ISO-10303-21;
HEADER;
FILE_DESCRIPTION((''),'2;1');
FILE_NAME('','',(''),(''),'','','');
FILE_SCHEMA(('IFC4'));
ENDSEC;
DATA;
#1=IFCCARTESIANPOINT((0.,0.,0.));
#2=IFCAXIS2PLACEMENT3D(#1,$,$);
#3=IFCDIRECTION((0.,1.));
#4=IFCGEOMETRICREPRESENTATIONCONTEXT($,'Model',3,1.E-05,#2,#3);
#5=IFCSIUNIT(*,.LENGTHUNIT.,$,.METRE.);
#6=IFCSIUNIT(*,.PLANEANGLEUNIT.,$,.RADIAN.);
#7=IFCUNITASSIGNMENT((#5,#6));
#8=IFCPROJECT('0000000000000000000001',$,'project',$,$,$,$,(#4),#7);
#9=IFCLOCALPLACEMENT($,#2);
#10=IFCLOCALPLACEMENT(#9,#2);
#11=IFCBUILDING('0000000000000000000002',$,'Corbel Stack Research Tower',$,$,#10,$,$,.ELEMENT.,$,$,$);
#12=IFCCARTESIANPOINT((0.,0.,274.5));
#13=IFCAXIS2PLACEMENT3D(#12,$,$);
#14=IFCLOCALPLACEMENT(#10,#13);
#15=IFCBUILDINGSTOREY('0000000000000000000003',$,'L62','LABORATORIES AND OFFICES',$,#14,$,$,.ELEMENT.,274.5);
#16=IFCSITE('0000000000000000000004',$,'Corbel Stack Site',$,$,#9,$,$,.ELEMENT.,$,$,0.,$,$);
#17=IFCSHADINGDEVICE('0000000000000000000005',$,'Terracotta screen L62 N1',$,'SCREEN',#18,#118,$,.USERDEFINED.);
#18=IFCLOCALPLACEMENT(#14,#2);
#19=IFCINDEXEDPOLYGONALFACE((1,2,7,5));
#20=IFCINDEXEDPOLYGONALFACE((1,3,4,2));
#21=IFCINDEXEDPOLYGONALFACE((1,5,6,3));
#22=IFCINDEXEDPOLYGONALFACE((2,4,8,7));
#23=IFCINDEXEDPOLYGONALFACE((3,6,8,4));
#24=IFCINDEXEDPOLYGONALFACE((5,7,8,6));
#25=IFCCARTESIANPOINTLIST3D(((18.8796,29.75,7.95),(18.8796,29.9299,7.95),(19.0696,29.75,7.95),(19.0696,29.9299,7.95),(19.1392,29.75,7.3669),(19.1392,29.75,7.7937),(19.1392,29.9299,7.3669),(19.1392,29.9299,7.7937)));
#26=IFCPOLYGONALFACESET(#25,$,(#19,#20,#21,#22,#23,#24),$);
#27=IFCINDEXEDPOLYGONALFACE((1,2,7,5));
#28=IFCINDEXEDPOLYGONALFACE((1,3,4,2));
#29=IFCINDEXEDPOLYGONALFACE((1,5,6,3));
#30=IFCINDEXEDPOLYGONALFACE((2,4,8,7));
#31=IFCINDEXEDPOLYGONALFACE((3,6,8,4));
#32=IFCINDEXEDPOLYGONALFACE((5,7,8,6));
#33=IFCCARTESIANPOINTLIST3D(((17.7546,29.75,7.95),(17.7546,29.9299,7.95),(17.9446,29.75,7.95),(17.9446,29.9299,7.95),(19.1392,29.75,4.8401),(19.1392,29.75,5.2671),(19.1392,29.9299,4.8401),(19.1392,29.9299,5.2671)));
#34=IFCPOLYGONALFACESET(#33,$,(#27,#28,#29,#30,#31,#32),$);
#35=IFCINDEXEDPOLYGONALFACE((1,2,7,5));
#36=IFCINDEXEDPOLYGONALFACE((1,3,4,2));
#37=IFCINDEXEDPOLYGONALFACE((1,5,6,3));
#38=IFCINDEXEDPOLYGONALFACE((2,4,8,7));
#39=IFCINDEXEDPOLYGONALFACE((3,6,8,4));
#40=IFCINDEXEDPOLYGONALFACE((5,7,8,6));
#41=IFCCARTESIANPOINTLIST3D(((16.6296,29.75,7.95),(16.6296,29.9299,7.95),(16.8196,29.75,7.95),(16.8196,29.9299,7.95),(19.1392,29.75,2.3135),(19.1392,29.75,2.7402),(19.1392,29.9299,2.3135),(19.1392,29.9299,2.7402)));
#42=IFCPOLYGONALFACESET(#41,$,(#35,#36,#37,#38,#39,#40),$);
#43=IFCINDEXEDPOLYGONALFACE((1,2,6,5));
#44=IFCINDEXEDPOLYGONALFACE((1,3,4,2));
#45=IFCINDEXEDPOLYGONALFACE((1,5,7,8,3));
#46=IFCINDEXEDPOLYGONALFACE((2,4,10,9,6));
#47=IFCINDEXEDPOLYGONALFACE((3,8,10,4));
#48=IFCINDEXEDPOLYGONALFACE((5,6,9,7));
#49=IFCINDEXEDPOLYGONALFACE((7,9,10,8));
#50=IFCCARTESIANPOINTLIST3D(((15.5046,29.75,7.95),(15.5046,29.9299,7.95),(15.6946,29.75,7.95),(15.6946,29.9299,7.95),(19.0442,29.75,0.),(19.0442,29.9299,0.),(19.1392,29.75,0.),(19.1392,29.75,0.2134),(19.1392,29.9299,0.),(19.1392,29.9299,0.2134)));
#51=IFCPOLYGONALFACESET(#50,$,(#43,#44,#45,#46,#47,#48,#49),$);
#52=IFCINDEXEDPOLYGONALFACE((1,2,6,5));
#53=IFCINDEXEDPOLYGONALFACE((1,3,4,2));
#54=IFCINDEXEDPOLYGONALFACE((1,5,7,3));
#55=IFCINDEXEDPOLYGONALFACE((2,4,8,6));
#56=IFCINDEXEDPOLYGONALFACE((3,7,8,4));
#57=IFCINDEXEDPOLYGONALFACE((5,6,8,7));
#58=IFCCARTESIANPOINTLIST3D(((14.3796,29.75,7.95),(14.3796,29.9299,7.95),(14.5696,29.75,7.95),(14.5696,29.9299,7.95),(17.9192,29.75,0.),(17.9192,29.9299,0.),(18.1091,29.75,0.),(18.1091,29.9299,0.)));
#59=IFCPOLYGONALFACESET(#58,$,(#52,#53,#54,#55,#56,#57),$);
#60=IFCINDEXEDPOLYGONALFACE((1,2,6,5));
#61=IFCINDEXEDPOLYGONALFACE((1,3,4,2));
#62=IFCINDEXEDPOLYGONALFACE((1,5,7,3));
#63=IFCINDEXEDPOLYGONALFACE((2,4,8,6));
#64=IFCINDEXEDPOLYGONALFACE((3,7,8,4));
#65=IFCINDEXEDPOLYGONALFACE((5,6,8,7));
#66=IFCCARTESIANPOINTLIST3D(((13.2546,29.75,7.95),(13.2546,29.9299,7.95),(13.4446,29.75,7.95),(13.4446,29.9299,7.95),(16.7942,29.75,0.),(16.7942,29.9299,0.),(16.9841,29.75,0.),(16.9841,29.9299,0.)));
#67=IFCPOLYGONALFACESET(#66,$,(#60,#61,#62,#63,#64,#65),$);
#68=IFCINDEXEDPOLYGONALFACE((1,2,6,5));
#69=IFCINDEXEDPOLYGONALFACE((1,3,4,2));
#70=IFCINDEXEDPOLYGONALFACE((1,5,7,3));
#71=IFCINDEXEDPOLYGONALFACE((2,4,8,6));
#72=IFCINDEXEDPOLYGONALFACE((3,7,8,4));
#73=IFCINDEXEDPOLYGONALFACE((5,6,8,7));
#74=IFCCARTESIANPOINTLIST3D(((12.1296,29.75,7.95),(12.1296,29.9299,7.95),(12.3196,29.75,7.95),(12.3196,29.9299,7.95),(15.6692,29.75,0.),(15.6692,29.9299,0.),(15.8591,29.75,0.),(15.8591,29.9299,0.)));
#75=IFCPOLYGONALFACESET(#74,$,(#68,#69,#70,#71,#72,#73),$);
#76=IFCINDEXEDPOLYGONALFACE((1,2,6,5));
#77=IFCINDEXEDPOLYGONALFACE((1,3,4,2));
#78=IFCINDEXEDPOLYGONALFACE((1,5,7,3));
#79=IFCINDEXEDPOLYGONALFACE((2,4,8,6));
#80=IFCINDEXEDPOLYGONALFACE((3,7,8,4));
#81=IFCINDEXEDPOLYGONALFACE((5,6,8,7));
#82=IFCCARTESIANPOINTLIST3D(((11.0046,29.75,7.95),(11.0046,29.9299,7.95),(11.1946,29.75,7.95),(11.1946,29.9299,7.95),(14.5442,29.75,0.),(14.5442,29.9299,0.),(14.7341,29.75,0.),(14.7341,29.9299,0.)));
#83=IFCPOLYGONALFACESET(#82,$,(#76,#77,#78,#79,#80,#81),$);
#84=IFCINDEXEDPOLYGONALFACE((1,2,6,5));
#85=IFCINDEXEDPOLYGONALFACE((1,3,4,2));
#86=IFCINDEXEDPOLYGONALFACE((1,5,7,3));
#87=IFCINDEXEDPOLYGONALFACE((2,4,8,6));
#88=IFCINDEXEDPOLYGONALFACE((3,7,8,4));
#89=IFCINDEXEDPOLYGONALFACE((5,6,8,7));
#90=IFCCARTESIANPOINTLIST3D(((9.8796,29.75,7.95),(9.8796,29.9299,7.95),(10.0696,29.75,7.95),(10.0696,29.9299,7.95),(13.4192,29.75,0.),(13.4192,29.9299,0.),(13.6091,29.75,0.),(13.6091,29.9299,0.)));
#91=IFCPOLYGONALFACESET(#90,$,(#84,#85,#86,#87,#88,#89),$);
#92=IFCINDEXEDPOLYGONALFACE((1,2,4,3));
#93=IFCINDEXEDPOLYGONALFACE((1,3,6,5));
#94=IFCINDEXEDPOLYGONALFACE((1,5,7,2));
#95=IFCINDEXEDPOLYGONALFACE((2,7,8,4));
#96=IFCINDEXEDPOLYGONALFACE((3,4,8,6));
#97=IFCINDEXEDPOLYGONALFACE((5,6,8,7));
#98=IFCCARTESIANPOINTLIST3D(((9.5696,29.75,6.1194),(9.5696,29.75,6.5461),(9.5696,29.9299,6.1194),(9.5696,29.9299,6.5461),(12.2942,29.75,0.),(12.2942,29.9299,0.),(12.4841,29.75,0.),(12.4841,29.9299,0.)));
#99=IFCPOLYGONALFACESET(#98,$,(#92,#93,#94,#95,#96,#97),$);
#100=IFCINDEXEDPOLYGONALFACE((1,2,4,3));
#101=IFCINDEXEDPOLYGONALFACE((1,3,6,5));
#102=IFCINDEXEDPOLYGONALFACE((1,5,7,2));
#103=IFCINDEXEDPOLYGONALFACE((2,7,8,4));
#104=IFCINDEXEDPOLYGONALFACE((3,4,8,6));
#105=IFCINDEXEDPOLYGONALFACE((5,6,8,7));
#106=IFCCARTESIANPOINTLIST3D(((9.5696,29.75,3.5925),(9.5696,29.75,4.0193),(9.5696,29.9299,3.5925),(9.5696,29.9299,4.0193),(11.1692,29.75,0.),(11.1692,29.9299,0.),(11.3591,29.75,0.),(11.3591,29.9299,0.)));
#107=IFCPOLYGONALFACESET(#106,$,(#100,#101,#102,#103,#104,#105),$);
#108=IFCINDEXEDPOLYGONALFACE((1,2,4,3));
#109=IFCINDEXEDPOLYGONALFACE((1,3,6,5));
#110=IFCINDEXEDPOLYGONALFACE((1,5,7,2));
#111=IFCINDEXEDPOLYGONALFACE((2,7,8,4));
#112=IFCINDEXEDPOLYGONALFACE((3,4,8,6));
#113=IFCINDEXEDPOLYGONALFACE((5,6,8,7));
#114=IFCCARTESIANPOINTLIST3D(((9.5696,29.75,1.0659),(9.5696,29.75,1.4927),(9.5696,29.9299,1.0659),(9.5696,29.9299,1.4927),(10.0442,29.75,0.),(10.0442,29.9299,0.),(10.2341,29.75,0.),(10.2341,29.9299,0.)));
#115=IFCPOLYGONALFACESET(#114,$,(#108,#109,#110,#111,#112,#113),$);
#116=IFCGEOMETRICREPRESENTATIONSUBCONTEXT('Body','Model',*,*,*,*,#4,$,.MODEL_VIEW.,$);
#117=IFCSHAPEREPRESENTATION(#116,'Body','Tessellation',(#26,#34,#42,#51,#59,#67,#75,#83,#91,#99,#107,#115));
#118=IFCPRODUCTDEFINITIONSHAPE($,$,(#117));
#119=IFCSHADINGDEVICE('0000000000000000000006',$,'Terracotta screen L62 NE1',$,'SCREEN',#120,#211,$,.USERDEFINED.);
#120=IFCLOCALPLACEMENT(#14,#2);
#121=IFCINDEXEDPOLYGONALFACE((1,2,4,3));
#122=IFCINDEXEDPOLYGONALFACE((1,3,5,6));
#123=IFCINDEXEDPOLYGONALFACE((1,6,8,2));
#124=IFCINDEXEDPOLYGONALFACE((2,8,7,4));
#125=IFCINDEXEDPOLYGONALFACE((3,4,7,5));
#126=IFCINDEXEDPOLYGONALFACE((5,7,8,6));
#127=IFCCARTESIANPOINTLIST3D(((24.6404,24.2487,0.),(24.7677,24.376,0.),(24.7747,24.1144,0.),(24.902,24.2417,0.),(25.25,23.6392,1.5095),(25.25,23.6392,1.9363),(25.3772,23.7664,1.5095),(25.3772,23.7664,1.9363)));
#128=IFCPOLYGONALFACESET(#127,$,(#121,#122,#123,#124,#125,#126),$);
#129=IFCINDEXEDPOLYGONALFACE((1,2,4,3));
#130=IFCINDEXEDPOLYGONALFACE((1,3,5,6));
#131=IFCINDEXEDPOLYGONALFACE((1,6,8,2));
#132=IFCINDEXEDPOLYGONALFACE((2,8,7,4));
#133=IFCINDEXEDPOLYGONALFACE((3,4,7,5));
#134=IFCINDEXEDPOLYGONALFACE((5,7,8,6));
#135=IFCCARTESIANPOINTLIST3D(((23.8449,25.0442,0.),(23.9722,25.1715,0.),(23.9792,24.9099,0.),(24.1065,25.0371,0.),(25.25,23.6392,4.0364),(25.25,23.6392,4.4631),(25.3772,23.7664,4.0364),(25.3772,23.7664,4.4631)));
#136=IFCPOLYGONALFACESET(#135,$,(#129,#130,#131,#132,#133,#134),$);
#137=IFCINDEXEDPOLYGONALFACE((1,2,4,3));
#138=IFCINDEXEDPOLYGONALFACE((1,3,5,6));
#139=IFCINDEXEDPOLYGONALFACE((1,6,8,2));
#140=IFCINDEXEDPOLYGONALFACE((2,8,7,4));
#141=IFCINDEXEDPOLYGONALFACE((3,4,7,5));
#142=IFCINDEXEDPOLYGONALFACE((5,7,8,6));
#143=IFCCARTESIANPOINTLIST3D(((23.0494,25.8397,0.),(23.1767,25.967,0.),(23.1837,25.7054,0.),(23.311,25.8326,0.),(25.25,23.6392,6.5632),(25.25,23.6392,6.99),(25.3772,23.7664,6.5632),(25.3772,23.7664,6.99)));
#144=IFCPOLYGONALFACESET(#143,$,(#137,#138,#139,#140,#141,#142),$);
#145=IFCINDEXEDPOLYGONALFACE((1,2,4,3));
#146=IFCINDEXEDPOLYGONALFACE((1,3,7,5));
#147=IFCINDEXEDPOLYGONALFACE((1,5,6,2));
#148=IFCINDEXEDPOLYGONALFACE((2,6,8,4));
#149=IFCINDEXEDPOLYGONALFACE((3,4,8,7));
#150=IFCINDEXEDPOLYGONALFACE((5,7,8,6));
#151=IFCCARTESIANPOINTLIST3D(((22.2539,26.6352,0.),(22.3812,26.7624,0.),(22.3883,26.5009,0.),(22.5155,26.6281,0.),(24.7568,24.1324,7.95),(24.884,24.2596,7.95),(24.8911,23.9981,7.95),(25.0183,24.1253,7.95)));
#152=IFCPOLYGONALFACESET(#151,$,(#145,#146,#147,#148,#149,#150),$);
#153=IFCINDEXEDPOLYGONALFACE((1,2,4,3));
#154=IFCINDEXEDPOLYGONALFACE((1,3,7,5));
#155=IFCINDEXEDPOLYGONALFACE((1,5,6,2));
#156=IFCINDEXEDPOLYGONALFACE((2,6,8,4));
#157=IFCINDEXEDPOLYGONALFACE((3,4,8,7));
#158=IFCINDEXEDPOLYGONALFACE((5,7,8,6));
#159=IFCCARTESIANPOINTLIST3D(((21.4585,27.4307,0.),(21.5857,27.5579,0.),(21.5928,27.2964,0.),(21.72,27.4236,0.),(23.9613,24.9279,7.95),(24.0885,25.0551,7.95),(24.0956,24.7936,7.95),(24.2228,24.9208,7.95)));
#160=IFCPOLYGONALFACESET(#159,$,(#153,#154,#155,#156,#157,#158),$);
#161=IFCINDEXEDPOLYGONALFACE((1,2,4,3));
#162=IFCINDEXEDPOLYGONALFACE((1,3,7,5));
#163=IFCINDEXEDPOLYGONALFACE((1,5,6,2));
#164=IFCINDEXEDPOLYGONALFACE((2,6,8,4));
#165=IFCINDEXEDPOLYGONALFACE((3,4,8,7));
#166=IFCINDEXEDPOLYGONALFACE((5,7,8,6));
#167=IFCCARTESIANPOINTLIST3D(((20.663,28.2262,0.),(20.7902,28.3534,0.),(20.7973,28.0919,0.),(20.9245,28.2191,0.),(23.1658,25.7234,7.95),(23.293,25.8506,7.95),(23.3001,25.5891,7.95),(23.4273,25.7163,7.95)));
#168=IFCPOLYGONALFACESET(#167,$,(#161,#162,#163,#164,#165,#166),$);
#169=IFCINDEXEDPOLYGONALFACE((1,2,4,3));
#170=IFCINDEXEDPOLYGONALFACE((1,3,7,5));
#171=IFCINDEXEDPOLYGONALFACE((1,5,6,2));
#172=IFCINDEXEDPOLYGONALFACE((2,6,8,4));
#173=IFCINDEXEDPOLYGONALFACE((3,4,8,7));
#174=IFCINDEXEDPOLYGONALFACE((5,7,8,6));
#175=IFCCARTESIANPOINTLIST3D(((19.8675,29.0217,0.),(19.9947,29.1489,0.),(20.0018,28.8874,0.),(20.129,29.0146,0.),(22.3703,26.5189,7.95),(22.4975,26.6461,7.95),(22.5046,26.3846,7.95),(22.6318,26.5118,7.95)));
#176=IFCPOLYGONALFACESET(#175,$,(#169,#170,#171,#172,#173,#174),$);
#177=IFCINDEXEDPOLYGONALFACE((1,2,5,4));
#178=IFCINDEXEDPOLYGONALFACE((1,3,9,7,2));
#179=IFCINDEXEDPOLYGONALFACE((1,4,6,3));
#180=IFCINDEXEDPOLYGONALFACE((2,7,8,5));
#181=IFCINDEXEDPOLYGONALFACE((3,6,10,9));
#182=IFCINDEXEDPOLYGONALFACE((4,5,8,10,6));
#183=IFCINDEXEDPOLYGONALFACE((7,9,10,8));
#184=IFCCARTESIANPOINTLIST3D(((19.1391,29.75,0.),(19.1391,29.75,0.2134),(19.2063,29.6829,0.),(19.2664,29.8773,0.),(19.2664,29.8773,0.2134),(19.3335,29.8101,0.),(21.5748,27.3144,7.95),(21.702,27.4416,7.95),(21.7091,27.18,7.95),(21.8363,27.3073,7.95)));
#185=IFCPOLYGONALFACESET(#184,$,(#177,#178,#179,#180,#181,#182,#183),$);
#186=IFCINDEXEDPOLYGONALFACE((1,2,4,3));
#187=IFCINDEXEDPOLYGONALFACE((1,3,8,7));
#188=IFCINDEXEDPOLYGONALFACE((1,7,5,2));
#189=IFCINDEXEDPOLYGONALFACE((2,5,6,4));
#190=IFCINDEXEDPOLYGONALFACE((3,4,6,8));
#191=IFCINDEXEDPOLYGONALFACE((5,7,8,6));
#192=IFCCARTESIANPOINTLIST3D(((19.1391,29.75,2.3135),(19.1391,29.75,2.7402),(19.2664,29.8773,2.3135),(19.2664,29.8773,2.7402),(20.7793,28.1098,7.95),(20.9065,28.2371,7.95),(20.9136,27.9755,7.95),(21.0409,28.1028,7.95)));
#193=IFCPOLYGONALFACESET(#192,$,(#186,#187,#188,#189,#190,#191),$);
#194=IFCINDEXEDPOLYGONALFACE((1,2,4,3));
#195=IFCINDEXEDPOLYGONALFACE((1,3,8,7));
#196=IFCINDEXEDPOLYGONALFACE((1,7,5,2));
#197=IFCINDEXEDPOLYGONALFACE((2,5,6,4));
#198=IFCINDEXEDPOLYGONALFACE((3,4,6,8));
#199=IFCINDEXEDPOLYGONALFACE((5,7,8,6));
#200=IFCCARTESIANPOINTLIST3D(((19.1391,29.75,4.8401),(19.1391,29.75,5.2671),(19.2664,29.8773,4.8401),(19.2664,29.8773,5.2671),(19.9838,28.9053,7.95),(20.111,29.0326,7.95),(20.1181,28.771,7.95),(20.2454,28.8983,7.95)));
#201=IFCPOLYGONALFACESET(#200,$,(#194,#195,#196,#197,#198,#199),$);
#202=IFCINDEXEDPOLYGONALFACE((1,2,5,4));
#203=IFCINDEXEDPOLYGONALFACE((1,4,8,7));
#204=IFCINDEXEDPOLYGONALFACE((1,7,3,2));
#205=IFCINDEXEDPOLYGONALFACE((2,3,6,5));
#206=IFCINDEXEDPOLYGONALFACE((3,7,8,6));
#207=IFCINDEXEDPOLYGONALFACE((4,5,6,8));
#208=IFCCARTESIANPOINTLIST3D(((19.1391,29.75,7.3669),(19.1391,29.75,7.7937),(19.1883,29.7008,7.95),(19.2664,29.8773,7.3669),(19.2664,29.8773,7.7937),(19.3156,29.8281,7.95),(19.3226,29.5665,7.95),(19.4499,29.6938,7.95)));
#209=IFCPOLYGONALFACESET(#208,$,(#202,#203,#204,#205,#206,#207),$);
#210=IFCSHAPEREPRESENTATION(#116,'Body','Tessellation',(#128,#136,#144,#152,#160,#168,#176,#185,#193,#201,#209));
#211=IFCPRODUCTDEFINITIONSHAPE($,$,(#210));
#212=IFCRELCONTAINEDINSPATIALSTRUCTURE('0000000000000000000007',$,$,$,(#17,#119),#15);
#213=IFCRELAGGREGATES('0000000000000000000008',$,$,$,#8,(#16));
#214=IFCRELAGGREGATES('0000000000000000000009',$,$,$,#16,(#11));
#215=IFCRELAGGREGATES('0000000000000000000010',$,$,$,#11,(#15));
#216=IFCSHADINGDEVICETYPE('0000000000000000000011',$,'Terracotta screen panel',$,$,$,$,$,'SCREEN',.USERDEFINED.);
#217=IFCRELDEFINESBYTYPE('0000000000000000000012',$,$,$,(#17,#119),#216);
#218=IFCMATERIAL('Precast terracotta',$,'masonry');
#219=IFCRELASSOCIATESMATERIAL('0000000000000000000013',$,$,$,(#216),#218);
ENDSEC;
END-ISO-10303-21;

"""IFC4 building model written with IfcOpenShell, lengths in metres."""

from ifc_helpers import new_model, si_unit, direction, frame, origin, place, context, subcontext, project, spatial, polyline, outline, extrude, source, transform, mapped, material, type_object, element, save


model = new_model("IFC4")

# Units and contexts
model_context = context("Model", 3, precision=1e-05, world=origin(), true_north=direction((0.0, 1.0)))
body_context = subcontext(model_context, "Body", "Model", "MODEL_VIEW")
ifc_project = project(units=[si_unit("LENGTHUNIT", "METRE"), si_unit("PLANEANGLEUNIT", "RADIAN")], contexts=[model_context])

# Site, building, storey
site_placement = place(None, origin())
site = spatial("IfcSite", under=ifc_project, at=site_placement, Name="Corbel Stack Site", CompositionType="ELEMENT", RefElevation=0.0)
building_placement = place(site_placement, origin())
building = spatial("IfcBuilding", under=site, at=building_placement, Name="Corbel Stack Research Tower", CompositionType="ELEMENT")
storey_placement = place(building_placement, frame((0.0, 0.0, 274.5)))
storey = spatial("IfcBuildingStorey", under=building, at=storey_placement, Name="L62", Description="LABORATORIES AND OFFICES", CompositionType="ELEMENT", Elevation=274.5)

# Shading devices
ifc_material_1 = material(Name="Precast terracotta", Category="masonry")
shading_device_type = type_object("IfcShadingDeviceType", Name="Terracotta screen panel", ElementType="SCREEN", PredefinedType="USERDEFINED", material=ifc_material_1)
shared_shape_1 = source(origin(), body_context, "Body", "SweptSolid", [
    extrude(outline(polyline([(0.2595, 7.95), (0.0696, 7.95), (0.0, 7.7937), (0.0, 7.3669), (0.2595, 7.95)])), frame((0.0, 0.0, 0.0), z_axis=(0.0, -1.0, 0.0), x_axis=(1.0, 0.0, 0.0)), (0.0, 0.0, 1.0), 0.1799),
    extrude(outline(polyline([(1.3845, 7.95), (1.1946, 7.95), (0.0, 5.2671), (0.0, 4.8401), (1.3845, 7.95)])), frame((0.0, 0.0, 0.0), z_axis=(0.0, -1.0, 0.0), x_axis=(1.0, 0.0, 0.0)), (0.0, 0.0, 1.0), 0.1799),
    extrude(outline(polyline([(2.5095, 7.95), (2.3196, 7.95), (0.0, 2.7402), (0.0, 2.3135), (2.5095, 7.95)])), frame((0.0, 0.0, 0.0), z_axis=(0.0, -1.0, 0.0), x_axis=(1.0, 0.0, 0.0)), (0.0, 0.0, 1.0), 0.1799),
    extrude(outline(polyline([(0.095, 0.0), (3.6345, 7.95), (3.4446, 7.95), (0.0, 0.2134), (0.0, 0.0), (0.095, 0.0)])), frame((0.0, 0.0, 0.0), z_axis=(0.0, -1.0, 0.0), x_axis=(1.0, 0.0, 0.0)), (0.0, 0.0, 1.0), 0.1799),
    extrude(outline(polyline([(1.22, 0.0), (4.7595, 7.95), (4.5696, 7.95), (1.03, 0.0), (1.22, 0.0)])), frame((0.0, 0.0, 0.0), z_axis=(0.0, -1.0, 0.0), x_axis=(1.0, 0.0, 0.0)), (0.0, 0.0, 1.0), 0.1799),
    extrude(outline(polyline([(2.345, 0.0), (5.8845, 7.95), (5.6946, 7.95), (2.155, 0.0), (2.345, 0.0)])), frame((0.0, 0.0, 0.0), z_axis=(0.0, -1.0, 0.0), x_axis=(1.0, 0.0, 0.0)), (0.0, 0.0, 1.0), 0.1799),
    extrude(outline(polyline([(3.47, 0.0), (7.0095, 7.95), (6.8196, 7.95), (3.28, 0.0), (3.47, 0.0)])), frame((0.0, 0.0, 0.0), z_axis=(0.0, -1.0, 0.0), x_axis=(1.0, 0.0, 0.0)), (0.0, 0.0, 1.0), 0.1799),
    extrude(outline(polyline([(4.595, 0.0), (8.1345, 7.95), (7.9446, 7.95), (4.405, 0.0), (4.595, 0.0)])), frame((0.0, 0.0, 0.0), z_axis=(0.0, -1.0, 0.0), x_axis=(1.0, 0.0, 0.0)), (0.0, 0.0, 1.0), 0.1799),
    extrude(outline(polyline([(5.72, 0.0), (9.2595, 7.95), (9.0696, 7.95), (5.53, 0.0), (5.72, 0.0)])), frame((0.0, 0.0, 0.0), z_axis=(0.0, -1.0, 0.0), x_axis=(1.0, 0.0, 0.0)), (0.0, 0.0, 1.0), 0.1799),
    extrude(outline(polyline([(6.845, 0.0), (9.5696, 6.1194), (9.5696, 6.5461), (6.655, 0.0), (6.845, 0.0)])), frame((0.0, 0.0, 0.0), z_axis=(0.0, -1.0, 0.0), x_axis=(1.0, 0.0, 0.0)), (0.0, 0.0, 1.0), 0.1799),
    extrude(outline(polyline([(7.97, 0.0), (9.5696, 3.5925), (9.5696, 4.0193), (7.78, 0.0), (7.97, 0.0)])), frame((0.0, 0.0, 0.0), z_axis=(0.0, -1.0, 0.0), x_axis=(1.0, 0.0, 0.0)), (0.0, 0.0, 1.0), 0.1799),
    extrude(outline(polyline([(9.095, 0.0), (9.5696, 1.0659), (9.5696, 1.4927), (8.905, 0.0), (9.095, 0.0)])), frame((0.0, 0.0, 0.0), z_axis=(0.0, -1.0, 0.0), x_axis=(1.0, 0.0, 0.0)), (0.0, 0.0, 1.0), 0.1799),
])
shading_device_1_placement = place(storey_placement, frame((19.1392, 29.75, 0.0), z_axis=(0.0, 0.0, 1.0), x_axis=(-1.0, 0.0, 0.0)))
element("IfcShadingDevice", 1, at=shading_device_1_placement, inside=storey, type_object=shading_device_type, Name="Terracotta screen L62 N1", ObjectType="SCREEN", PredefinedType="USERDEFINED", context=body_context, shape_type="MappedRepresentation", body=[
    mapped(shared_shape_1, transform((0.0, 0.0, 0.0))),
])
shared_shape_2 = source(origin(), body_context, "Body", "SweptSolid", [
    extrude(outline(polyline([(0.8621, 0.0), (0.0, 1.9363), (0.0, 1.5095), (0.6721, 0.0), (0.8621, 0.0)])), frame((0.0, 0.0, 0.0), z_axis=(0.0, -1.0, 0.0), x_axis=(1.0, 0.0, 0.0)), (0.0, 0.0, 1.0), 0.1799),
    extrude(outline(polyline([(1.9871, 0.0), (0.0, 4.4631), (0.0, 4.0364), (1.7971, 0.0), (1.9871, 0.0)])), frame((0.0, 0.0, 0.0), z_axis=(0.0, -1.0, 0.0), x_axis=(1.0, 0.0, 0.0)), (0.0, 0.0, 1.0), 0.1799),
    extrude(outline(polyline([(3.1121, 0.0), (0.0, 6.99), (0.0, 6.5632), (2.9221, 0.0), (3.1121, 0.0)])), frame((0.0, 0.0, 0.0), z_axis=(0.0, -1.0, 0.0), x_axis=(1.0, 0.0, 0.0)), (0.0, 0.0, 1.0), 0.1799),
    extrude(outline(polyline([(4.2371, 0.0), (0.6975, 7.95), (0.5076, 7.95), (4.0471, 0.0), (4.2371, 0.0)])), frame((0.0, 0.0, 0.0), z_axis=(0.0, -1.0, 0.0), x_axis=(1.0, 0.0, 0.0)), (0.0, 0.0, 1.0), 0.1799),
    extrude(outline(polyline([(5.3621, 0.0), (1.8225, 7.95), (1.6326, 7.95), (5.1721, 0.0), (5.3621, 0.0)])), frame((0.0, 0.0, 0.0), z_axis=(0.0, -1.0, 0.0), x_axis=(1.0, 0.0, 0.0)), (0.0, 0.0, 1.0), 0.1799),
    extrude(outline(polyline([(6.4871, 0.0), (2.9475, 7.95), (2.7576, 7.95), (6.2971, 0.0), (6.4871, 0.0)])), frame((0.0, 0.0, 0.0), z_axis=(0.0, -1.0, 0.0), x_axis=(1.0, 0.0, 0.0)), (0.0, 0.0, 1.0), 0.1799),
    extrude(outline(polyline([(7.6121, 0.0), (4.0725, 7.95), (3.8826, 7.95), (7.4221, 0.0), (7.6121, 0.0)])), frame((0.0, 0.0, 0.0), z_axis=(0.0, -1.0, 0.0), x_axis=(1.0, 0.0, 0.0)), (0.0, 0.0, 1.0), 0.1799),
    extrude(outline(polyline([(8.6421, 0.0), (8.6421, 0.2134), (5.1975, 7.95), (5.0076, 7.95), (8.5471, 0.0), (8.6421, 0.0)])), frame((0.0, 0.0, 0.0), z_axis=(0.0, -1.0, 0.0), x_axis=(1.0, 0.0, 0.0)), (0.0, 0.0, 1.0), 0.1799),
    extrude(outline(polyline([(6.3225, 7.95), (6.1326, 7.95), (8.6421, 2.3135), (8.6421, 2.7402), (6.3225, 7.95)])), frame((0.0, 0.0, 0.0), z_axis=(0.0, -1.0, 0.0), x_axis=(1.0, 0.0, 0.0)), (0.0, 0.0, 1.0), 0.1799),
    extrude(outline(polyline([(7.4475, 7.95), (7.2576, 7.95), (8.6421, 4.8401), (8.6421, 5.2671), (7.4475, 7.95)])), frame((0.0, 0.0, 0.0), z_axis=(0.0, -1.0, 0.0), x_axis=(1.0, 0.0, 0.0)), (0.0, 0.0, 1.0), 0.1799),
    extrude(outline(polyline([(8.5725, 7.95), (8.3826, 7.95), (8.6421, 7.3669), (8.6421, 7.7937), (8.5725, 7.95)])), frame((0.0, 0.0, 0.0), z_axis=(0.0, -1.0, 0.0), x_axis=(1.0, 0.0, 0.0)), (0.0, 0.0, 1.0), 0.1799),
])
shading_device_2_placement = place(storey_placement, frame((25.25, 23.6392, 0.0), z_axis=(0.0, 0.0, 1.0), x_axis=(-0.707107, 0.707107, 0.0)))
element("IfcShadingDevice", 2, at=shading_device_2_placement, inside=storey, type_object=shading_device_type, Name="Terracotta screen L62 NE1", ObjectType="SCREEN", PredefinedType="USERDEFINED", context=body_context, shape_type="MappedRepresentation", body=[
    mapped(shared_shape_2, transform((0.0, 0.0, 0.0))),
])

save(model, "model.ifc")
